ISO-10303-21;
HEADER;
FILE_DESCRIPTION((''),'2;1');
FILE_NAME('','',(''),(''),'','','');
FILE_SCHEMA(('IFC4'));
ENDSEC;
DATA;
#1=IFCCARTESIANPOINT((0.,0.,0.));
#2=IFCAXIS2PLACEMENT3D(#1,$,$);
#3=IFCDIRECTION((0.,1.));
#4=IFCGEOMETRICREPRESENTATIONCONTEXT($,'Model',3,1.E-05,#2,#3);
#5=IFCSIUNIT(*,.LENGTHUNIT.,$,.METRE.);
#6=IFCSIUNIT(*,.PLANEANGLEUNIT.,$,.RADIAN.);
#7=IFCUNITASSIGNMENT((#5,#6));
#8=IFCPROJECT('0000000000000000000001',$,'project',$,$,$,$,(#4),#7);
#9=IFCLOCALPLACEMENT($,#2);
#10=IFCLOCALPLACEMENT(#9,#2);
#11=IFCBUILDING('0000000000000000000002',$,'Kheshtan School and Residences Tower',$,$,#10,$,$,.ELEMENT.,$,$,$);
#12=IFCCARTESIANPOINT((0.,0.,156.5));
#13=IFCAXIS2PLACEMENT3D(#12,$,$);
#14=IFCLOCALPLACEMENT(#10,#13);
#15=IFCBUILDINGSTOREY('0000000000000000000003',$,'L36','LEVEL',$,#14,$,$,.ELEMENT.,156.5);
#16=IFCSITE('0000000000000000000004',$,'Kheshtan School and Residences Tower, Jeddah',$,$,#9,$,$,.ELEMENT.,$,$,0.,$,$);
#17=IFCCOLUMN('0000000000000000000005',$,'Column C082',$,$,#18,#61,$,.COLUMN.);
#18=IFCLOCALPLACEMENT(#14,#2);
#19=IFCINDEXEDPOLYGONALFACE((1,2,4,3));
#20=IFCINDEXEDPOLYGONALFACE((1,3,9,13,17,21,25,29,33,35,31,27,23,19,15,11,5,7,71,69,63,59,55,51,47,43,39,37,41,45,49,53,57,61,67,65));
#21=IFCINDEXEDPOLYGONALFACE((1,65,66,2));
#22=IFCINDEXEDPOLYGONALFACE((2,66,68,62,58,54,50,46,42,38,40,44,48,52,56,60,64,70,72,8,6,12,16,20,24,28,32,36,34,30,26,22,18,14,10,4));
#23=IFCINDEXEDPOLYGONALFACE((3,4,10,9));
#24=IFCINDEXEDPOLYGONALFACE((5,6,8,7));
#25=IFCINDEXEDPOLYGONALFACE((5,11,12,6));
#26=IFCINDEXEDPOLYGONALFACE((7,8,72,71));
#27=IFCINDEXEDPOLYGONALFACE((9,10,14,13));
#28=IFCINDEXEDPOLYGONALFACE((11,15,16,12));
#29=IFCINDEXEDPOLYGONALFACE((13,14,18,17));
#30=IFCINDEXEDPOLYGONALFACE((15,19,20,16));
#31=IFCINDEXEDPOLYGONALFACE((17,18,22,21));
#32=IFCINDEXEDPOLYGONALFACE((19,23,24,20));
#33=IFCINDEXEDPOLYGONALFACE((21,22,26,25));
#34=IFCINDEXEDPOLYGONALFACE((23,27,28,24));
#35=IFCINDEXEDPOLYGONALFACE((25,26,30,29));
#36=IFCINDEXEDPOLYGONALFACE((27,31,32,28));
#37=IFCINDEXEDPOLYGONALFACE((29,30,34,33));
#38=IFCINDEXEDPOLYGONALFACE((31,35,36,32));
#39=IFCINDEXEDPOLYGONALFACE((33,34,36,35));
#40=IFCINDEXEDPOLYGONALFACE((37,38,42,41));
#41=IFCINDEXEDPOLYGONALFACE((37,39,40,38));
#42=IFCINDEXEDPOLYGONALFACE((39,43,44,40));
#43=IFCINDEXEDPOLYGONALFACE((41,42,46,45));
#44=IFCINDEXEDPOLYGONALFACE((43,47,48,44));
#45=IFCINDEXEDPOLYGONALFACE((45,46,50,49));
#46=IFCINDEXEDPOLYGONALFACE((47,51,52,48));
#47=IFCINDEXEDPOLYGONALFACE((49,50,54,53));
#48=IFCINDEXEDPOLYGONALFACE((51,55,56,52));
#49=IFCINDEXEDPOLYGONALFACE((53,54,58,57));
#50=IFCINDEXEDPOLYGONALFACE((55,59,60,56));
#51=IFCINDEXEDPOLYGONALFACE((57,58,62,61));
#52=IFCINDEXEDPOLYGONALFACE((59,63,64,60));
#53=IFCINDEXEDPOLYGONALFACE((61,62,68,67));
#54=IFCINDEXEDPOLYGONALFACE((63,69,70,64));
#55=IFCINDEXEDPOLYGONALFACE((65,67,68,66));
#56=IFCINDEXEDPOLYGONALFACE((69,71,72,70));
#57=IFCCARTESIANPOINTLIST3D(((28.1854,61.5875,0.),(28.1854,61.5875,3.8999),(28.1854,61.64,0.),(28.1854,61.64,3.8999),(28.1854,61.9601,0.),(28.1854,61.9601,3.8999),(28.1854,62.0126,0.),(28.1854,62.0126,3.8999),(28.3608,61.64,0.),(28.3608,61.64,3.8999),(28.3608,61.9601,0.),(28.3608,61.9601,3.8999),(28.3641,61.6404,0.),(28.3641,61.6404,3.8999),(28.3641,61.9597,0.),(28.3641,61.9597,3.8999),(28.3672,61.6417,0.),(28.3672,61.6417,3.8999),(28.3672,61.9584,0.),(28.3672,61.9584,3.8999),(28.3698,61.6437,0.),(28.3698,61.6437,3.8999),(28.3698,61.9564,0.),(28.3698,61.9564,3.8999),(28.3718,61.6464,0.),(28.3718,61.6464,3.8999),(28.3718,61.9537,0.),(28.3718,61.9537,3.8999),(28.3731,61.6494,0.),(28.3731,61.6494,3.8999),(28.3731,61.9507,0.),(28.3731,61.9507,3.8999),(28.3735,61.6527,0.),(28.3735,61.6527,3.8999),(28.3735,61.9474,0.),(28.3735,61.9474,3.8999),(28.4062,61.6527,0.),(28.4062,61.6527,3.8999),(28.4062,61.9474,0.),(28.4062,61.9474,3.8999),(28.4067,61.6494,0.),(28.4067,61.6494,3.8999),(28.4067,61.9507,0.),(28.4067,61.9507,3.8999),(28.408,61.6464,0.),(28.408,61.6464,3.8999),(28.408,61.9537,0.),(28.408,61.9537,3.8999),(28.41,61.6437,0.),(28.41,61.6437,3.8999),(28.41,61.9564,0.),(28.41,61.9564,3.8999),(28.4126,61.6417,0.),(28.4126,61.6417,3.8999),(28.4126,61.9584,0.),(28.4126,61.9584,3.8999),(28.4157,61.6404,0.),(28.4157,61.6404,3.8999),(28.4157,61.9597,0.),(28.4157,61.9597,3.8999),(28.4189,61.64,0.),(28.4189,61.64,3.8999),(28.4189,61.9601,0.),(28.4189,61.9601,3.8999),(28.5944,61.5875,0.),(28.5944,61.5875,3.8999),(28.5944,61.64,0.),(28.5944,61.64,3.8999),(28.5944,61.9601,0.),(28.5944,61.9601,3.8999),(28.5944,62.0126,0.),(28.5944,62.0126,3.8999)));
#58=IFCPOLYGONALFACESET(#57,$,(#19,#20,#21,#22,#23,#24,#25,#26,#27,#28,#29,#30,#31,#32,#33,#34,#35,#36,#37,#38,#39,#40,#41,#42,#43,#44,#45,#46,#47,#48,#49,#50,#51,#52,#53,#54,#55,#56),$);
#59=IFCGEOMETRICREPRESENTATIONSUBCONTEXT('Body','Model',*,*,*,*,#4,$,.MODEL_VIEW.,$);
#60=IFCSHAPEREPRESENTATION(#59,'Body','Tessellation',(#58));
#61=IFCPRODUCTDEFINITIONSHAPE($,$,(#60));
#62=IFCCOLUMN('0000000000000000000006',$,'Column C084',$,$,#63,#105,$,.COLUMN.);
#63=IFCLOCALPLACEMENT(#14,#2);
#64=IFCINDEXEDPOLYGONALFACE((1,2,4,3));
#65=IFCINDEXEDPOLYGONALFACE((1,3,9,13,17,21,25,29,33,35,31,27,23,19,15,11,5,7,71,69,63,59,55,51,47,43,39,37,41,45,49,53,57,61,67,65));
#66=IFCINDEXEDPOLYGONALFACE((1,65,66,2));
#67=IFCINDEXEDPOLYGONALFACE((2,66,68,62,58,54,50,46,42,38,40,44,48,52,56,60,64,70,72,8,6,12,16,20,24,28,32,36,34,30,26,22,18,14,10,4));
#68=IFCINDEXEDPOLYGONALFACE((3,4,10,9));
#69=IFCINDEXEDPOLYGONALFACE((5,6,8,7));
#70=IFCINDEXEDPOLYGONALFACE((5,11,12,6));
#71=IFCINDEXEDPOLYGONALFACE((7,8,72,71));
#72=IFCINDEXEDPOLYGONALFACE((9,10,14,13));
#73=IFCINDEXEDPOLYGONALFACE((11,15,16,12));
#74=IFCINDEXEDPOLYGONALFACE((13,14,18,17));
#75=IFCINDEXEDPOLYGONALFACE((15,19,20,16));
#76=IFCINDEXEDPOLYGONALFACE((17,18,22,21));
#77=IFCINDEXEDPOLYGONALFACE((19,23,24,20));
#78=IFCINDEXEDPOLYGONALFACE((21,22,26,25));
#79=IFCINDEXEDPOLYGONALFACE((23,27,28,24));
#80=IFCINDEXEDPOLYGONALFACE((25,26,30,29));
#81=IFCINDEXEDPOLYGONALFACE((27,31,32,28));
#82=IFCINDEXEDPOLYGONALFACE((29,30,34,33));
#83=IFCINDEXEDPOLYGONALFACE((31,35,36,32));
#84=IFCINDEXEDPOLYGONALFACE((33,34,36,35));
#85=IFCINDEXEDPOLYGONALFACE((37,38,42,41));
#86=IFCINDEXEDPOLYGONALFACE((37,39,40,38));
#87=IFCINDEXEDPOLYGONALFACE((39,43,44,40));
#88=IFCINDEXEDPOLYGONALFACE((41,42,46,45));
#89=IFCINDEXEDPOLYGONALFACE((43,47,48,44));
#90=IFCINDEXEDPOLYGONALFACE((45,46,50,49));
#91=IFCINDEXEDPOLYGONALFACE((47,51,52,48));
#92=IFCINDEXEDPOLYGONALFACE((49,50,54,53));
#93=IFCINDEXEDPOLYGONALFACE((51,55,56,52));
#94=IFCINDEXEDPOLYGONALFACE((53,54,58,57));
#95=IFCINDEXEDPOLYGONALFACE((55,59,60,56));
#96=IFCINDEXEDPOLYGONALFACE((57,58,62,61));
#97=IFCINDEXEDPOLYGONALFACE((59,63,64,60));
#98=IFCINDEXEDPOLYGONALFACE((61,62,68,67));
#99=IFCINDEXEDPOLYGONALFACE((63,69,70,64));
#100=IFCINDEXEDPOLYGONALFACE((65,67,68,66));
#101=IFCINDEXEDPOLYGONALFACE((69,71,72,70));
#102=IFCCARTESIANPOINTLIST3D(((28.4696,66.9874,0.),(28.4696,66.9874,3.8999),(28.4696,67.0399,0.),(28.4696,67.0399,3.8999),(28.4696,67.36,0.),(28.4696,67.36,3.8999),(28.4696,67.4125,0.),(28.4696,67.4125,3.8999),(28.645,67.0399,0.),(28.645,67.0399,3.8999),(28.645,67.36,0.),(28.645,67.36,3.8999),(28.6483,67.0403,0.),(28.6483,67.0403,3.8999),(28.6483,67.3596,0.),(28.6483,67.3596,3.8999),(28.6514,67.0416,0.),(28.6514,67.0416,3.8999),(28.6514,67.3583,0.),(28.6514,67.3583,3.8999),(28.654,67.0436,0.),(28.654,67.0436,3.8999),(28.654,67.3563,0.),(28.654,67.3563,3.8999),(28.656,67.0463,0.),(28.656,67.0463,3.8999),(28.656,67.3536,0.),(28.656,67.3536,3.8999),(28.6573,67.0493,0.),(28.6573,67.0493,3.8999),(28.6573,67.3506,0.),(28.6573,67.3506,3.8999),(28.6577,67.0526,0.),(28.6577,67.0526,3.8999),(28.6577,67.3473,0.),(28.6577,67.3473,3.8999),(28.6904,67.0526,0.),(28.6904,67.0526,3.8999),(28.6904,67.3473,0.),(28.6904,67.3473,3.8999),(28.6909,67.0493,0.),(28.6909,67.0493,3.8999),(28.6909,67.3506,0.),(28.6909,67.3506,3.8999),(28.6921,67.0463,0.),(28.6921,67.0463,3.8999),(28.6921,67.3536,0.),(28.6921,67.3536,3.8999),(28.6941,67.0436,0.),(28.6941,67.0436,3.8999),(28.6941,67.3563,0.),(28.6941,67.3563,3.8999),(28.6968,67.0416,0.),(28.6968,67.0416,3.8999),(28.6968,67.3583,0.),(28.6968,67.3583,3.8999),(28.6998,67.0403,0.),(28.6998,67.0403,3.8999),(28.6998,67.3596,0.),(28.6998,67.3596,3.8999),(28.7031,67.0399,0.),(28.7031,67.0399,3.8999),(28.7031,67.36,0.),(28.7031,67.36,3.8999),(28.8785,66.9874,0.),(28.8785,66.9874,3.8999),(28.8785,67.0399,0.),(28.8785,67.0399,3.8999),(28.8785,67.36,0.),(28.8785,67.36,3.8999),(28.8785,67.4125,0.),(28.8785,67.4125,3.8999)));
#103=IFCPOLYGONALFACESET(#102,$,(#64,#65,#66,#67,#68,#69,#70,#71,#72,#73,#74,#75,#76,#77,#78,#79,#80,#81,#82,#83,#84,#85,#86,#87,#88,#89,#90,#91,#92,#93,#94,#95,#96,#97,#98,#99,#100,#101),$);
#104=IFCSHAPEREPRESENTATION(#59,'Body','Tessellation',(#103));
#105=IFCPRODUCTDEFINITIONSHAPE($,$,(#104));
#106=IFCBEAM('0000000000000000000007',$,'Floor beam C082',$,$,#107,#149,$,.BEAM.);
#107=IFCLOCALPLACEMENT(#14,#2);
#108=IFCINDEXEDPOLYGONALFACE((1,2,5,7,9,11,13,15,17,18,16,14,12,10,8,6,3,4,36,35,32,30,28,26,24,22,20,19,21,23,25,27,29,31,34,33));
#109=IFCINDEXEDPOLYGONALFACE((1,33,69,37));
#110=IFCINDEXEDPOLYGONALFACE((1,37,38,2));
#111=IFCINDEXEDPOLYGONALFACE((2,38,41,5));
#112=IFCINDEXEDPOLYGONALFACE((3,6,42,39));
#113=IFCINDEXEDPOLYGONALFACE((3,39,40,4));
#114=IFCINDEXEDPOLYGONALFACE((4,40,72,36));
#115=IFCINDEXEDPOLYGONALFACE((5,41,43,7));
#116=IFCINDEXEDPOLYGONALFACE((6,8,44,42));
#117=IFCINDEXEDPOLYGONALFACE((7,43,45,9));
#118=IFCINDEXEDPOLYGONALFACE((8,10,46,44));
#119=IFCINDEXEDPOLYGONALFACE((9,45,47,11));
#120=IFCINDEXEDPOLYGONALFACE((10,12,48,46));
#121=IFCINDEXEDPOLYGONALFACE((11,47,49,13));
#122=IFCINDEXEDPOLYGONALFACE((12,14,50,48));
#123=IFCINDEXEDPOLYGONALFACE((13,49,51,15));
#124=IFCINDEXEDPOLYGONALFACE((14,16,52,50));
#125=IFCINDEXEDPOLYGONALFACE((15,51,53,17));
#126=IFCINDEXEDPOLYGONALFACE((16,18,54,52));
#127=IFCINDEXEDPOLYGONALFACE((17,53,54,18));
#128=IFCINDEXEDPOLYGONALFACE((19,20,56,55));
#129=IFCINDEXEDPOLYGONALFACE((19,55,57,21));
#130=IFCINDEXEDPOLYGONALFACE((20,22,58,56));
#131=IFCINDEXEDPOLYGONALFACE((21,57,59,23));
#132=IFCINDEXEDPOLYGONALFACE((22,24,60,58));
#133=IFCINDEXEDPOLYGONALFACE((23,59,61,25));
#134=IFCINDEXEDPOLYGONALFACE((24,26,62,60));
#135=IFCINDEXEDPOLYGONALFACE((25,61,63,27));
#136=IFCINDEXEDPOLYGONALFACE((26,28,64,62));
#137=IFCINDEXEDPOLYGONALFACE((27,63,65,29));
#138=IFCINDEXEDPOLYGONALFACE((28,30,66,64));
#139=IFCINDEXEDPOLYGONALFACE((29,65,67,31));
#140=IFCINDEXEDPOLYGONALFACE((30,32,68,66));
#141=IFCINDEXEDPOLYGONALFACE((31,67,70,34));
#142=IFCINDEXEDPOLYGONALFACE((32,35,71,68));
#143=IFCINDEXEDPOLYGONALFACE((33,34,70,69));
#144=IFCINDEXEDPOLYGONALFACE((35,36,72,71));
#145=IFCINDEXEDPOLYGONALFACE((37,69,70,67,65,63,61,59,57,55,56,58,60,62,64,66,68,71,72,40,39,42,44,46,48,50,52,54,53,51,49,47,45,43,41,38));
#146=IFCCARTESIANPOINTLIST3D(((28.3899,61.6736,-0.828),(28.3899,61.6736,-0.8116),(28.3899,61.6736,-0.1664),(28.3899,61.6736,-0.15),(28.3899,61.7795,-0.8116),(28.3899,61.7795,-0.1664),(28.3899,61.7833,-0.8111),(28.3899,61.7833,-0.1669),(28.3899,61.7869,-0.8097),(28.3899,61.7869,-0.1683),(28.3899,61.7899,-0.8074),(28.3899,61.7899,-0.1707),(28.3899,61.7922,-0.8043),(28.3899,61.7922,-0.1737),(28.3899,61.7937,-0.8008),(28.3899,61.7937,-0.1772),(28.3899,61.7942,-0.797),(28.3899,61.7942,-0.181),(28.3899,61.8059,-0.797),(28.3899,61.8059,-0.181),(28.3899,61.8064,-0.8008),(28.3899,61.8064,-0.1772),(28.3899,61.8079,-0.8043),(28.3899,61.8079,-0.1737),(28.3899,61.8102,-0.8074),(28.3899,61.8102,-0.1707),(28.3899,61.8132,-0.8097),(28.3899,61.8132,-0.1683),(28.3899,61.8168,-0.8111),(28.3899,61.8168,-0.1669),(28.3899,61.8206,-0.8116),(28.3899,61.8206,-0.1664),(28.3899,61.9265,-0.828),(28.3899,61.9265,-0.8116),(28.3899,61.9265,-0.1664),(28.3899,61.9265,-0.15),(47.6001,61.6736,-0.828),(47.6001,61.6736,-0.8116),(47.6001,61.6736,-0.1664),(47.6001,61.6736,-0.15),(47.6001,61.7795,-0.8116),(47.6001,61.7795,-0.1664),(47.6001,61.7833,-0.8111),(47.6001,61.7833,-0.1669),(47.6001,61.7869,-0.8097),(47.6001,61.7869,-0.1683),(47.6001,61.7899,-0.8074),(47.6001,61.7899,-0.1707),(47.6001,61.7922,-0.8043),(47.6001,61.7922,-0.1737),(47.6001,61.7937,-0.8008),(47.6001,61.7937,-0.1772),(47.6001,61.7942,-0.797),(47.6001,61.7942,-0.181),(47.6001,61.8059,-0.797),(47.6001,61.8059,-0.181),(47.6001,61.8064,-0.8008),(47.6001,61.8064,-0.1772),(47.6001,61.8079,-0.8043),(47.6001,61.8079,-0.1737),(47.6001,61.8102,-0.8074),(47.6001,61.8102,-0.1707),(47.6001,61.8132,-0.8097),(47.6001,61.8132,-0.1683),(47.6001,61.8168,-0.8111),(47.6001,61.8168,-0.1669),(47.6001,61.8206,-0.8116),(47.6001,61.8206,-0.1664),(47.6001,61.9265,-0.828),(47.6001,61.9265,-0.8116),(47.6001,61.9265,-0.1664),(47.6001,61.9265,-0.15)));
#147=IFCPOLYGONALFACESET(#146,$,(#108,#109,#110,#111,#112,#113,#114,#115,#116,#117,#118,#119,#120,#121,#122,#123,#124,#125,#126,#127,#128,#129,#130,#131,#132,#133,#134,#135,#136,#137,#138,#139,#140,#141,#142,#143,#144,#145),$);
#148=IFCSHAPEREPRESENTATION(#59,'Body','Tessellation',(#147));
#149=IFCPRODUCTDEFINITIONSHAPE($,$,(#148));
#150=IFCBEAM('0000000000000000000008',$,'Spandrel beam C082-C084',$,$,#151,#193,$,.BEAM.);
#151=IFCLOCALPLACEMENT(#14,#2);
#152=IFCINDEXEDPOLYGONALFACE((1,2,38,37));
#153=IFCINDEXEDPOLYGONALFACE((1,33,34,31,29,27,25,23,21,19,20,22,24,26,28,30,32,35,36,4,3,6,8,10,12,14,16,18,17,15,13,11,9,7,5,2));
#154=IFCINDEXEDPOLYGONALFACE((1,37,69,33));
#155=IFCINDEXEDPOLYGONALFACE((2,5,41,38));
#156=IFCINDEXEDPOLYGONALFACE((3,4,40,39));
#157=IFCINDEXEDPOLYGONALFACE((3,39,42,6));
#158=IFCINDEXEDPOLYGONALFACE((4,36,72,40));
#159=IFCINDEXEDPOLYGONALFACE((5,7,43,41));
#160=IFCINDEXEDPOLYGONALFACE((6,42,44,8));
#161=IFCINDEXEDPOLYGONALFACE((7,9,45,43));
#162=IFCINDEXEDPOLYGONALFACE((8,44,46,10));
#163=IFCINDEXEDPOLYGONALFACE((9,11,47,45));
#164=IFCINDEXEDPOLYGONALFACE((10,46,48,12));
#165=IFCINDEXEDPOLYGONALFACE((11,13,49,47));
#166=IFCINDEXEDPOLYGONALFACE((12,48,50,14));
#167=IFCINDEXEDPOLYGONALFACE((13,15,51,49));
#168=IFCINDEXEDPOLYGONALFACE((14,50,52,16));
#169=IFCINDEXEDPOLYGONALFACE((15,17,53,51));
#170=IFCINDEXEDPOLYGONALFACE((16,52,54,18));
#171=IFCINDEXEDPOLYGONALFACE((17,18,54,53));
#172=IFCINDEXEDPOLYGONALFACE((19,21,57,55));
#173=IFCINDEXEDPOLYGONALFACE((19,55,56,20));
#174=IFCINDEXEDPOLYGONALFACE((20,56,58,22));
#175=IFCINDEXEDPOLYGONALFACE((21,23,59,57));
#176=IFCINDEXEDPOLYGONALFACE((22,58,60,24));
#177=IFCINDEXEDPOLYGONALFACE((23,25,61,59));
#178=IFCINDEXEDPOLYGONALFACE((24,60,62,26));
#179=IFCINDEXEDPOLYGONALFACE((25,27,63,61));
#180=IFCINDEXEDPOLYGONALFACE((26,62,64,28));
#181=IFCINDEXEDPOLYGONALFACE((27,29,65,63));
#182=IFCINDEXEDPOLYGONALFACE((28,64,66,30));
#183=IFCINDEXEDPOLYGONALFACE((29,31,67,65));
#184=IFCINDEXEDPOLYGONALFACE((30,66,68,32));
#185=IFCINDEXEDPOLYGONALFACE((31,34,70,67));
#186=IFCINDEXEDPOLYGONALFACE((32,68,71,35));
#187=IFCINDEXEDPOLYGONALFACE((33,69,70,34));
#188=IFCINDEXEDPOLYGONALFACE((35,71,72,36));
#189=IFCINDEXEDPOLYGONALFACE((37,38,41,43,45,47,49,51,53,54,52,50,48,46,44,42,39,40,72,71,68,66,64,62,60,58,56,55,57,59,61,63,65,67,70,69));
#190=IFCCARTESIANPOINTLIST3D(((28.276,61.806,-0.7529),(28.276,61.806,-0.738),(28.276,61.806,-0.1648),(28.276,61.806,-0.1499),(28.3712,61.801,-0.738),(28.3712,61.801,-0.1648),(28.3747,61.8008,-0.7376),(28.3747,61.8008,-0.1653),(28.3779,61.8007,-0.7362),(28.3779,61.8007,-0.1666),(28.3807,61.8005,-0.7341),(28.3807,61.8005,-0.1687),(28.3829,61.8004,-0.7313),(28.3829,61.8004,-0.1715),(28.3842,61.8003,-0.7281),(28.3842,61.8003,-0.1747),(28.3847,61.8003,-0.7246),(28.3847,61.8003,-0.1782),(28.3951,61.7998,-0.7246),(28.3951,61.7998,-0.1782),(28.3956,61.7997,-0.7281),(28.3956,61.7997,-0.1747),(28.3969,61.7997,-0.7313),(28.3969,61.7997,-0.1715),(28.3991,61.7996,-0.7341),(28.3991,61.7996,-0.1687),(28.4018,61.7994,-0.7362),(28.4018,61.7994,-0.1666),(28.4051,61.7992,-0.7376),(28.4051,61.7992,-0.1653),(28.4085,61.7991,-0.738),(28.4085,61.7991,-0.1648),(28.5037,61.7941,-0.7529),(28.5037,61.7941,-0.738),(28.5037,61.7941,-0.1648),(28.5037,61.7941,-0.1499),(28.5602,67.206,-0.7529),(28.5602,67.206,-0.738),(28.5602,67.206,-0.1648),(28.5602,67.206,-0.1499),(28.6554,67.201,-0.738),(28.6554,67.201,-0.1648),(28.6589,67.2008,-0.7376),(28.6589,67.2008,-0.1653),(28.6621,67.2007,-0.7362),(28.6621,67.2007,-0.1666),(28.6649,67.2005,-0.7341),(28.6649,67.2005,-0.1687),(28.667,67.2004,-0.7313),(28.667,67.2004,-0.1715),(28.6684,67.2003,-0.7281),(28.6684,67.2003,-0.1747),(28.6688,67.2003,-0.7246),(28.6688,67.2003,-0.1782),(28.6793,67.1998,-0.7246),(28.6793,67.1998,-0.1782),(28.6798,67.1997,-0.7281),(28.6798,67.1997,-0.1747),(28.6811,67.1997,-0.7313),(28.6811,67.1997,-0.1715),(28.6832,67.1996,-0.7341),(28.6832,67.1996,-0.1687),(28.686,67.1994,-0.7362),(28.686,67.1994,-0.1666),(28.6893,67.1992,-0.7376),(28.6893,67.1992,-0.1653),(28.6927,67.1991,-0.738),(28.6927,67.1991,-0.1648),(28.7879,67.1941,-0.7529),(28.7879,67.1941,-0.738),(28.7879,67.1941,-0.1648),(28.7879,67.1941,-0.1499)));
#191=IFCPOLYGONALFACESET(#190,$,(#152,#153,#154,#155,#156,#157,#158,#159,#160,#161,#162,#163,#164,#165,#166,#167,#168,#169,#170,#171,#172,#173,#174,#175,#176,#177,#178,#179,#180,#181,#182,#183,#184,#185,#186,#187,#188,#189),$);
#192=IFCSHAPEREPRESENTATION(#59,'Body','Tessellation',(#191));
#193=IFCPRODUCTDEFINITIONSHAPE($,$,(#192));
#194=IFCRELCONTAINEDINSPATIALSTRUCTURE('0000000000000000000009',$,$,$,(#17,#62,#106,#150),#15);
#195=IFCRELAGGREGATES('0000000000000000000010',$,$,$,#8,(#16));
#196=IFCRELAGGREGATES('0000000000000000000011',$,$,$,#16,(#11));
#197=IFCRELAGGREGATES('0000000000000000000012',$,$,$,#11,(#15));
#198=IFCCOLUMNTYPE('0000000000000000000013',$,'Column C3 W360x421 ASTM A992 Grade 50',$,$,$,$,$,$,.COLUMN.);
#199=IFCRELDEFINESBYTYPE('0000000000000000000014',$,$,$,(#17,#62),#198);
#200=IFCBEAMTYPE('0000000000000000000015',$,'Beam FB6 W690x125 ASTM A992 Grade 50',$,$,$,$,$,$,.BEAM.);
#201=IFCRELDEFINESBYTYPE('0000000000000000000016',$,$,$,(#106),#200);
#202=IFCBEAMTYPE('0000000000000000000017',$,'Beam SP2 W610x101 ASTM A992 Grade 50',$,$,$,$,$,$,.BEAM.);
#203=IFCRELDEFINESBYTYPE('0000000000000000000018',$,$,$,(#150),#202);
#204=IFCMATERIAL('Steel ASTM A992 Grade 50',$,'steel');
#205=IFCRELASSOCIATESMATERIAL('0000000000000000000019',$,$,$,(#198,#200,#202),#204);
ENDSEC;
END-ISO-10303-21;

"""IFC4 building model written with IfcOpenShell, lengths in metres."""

from ifc_helpers import new_model, si_unit, direction, frame, origin, origin_2d, place, context, subcontext, project, spatial, i_section, extrude, material, material_profile, profile_set, type_object, element, save


model = new_model("IFC4")

# Units and contexts
model_context = context("Model", 3, precision=1e-05, world=origin(), true_north=direction((0.0, 1.0)))
body_context = subcontext(model_context, "Body", "Model", "MODEL_VIEW")
ifc_project = project(units=[si_unit("LENGTHUNIT", "METRE"), si_unit("PLANEANGLEUNIT", "RADIAN")], contexts=[model_context])

# Site, building, storey
site_placement = place(None, origin())
site = spatial("IfcSite", under=ifc_project, at=site_placement, Name="Kheshtan School and Residences Tower, Jeddah", CompositionType="ELEMENT", RefElevation=0.0)
building_placement = place(site_placement, origin())
building = spatial("IfcBuilding", under=site, at=building_placement, Name="Kheshtan School and Residences Tower", CompositionType="ELEMENT")
storey_placement = place(building_placement, frame((0.0, 0.0, 156.5)))
storey = spatial("IfcBuildingStorey", under=building, at=storey_placement, Name="L36", Description="LEVEL", CompositionType="ELEMENT", Elevation=156.5)

# Columns
ifc_material_1 = material(Name="Steel ASTM A992 Grade 50", Category="steel")
ifc_material_profile_1 = material_profile(ifc_material_1, i_section(OverallWidth=0.4089, OverallDepth=0.425, WebThickness=0.0327, FlangeThickness=0.0525, FilletRadius=0.0127, at=origin_2d()), Name="W360x421")
ifc_profile_set_1 = profile_set([ifc_material_profile_1], Name="Steel ASTM A992 Grade 50")
column_type = type_object("IfcColumnType", Name="Column C3 W360x421 ASTM A992 Grade 50", PredefinedType="COLUMN", material=ifc_profile_set_1)
for number, where, z_axis, x_axis, name in (
    (1, (28.3899, 61.8, 0.0), (0.0, 0.0, 1.0), (1.0, 0.0, 0.0), "Column C082"),
    (2, (28.6741, 67.2, 0.0), (0.0, 0.0, 1.0), (1.0, 0.0, 0.0), "Column C084"),
):
    element("IfcColumn", number, at=place(storey_placement, frame(where, z_axis=z_axis, x_axis=x_axis)), inside=storey, type_object=column_type, Name=name, PredefinedType="COLUMN", context=body_context, shape_type="SweptSolid", body=[
        extrude(i_section(OverallWidth=0.4089, OverallDepth=0.425, WebThickness=0.0327, FlangeThickness=0.0525, FilletRadius=0.0127, at=origin_2d()), origin(), (0.0, 0.0, 1.0), 3.8999),
    ])

# Beams
ifc_material_profile_2 = material_profile(ifc_material_1, i_section(OverallWidth=0.2529, OverallDepth=0.678, WebThickness=0.0117, FlangeThickness=0.0164, FilletRadius=0.0146, at=origin_2d()), Name="W690x125")
ifc_profile_set_2 = profile_set([ifc_material_profile_2], Name="Steel ASTM A992 Grade 50")
beam_type_1 = type_object("IfcBeamType", Name="Beam FB6 W690x125 ASTM A992 Grade 50", PredefinedType="BEAM", material=ifc_profile_set_2)
beam_1_placement = place(storey_placement, frame((28.3899, 61.8, -0.489), z_axis=(1.0, 0.0, 0.0), x_axis=(0.0, 1.0, 0.0)))
element("IfcBeam", 3, at=beam_1_placement, inside=storey, type_object=beam_type_1, Name="Floor beam C082", PredefinedType="BEAM", context=body_context, shape_type="SweptSolid", body=[
    extrude(i_section(OverallWidth=0.2529, OverallDepth=0.678, WebThickness=0.0117, FlangeThickness=0.0164, FilletRadius=0.0146, at=origin_2d()), origin(), (0.0, 0.0, 1.0), 19.2102),
])
ifc_material_profile_3 = material_profile(ifc_material_1, i_section(OverallWidth=0.228, OverallDepth=0.603, WebThickness=0.0105, FlangeThickness=0.0149, FilletRadius=0.0134, at=origin_2d()), Name="W610x101")
ifc_profile_set_3 = profile_set([ifc_material_profile_3], Name="Steel ASTM A992 Grade 50")
beam_type_2 = type_object("IfcBeamType", Name="Beam SP2 W610x101 ASTM A992 Grade 50", PredefinedType="BEAM", material=ifc_profile_set_3)
beam_2_placement = place(storey_placement, frame((28.3899, 61.8, -0.4514), z_axis=(0.052554, 0.998618, 0.0), x_axis=(-0.998618, 0.052554, 0.0)))
element("IfcBeam", 4, at=beam_2_placement, inside=storey, type_object=beam_type_2, Name="Spandrel beam C082-C084", PredefinedType="BEAM", context=body_context, shape_type="SweptSolid", body=[
    extrude(i_section(OverallWidth=0.228, OverallDepth=0.603, WebThickness=0.0105, FlangeThickness=0.0149, FilletRadius=0.0134, at=origin_2d()), origin(), (0.0, 0.0, 1.0), 5.4075),
])

save(model, "model.ifc")
